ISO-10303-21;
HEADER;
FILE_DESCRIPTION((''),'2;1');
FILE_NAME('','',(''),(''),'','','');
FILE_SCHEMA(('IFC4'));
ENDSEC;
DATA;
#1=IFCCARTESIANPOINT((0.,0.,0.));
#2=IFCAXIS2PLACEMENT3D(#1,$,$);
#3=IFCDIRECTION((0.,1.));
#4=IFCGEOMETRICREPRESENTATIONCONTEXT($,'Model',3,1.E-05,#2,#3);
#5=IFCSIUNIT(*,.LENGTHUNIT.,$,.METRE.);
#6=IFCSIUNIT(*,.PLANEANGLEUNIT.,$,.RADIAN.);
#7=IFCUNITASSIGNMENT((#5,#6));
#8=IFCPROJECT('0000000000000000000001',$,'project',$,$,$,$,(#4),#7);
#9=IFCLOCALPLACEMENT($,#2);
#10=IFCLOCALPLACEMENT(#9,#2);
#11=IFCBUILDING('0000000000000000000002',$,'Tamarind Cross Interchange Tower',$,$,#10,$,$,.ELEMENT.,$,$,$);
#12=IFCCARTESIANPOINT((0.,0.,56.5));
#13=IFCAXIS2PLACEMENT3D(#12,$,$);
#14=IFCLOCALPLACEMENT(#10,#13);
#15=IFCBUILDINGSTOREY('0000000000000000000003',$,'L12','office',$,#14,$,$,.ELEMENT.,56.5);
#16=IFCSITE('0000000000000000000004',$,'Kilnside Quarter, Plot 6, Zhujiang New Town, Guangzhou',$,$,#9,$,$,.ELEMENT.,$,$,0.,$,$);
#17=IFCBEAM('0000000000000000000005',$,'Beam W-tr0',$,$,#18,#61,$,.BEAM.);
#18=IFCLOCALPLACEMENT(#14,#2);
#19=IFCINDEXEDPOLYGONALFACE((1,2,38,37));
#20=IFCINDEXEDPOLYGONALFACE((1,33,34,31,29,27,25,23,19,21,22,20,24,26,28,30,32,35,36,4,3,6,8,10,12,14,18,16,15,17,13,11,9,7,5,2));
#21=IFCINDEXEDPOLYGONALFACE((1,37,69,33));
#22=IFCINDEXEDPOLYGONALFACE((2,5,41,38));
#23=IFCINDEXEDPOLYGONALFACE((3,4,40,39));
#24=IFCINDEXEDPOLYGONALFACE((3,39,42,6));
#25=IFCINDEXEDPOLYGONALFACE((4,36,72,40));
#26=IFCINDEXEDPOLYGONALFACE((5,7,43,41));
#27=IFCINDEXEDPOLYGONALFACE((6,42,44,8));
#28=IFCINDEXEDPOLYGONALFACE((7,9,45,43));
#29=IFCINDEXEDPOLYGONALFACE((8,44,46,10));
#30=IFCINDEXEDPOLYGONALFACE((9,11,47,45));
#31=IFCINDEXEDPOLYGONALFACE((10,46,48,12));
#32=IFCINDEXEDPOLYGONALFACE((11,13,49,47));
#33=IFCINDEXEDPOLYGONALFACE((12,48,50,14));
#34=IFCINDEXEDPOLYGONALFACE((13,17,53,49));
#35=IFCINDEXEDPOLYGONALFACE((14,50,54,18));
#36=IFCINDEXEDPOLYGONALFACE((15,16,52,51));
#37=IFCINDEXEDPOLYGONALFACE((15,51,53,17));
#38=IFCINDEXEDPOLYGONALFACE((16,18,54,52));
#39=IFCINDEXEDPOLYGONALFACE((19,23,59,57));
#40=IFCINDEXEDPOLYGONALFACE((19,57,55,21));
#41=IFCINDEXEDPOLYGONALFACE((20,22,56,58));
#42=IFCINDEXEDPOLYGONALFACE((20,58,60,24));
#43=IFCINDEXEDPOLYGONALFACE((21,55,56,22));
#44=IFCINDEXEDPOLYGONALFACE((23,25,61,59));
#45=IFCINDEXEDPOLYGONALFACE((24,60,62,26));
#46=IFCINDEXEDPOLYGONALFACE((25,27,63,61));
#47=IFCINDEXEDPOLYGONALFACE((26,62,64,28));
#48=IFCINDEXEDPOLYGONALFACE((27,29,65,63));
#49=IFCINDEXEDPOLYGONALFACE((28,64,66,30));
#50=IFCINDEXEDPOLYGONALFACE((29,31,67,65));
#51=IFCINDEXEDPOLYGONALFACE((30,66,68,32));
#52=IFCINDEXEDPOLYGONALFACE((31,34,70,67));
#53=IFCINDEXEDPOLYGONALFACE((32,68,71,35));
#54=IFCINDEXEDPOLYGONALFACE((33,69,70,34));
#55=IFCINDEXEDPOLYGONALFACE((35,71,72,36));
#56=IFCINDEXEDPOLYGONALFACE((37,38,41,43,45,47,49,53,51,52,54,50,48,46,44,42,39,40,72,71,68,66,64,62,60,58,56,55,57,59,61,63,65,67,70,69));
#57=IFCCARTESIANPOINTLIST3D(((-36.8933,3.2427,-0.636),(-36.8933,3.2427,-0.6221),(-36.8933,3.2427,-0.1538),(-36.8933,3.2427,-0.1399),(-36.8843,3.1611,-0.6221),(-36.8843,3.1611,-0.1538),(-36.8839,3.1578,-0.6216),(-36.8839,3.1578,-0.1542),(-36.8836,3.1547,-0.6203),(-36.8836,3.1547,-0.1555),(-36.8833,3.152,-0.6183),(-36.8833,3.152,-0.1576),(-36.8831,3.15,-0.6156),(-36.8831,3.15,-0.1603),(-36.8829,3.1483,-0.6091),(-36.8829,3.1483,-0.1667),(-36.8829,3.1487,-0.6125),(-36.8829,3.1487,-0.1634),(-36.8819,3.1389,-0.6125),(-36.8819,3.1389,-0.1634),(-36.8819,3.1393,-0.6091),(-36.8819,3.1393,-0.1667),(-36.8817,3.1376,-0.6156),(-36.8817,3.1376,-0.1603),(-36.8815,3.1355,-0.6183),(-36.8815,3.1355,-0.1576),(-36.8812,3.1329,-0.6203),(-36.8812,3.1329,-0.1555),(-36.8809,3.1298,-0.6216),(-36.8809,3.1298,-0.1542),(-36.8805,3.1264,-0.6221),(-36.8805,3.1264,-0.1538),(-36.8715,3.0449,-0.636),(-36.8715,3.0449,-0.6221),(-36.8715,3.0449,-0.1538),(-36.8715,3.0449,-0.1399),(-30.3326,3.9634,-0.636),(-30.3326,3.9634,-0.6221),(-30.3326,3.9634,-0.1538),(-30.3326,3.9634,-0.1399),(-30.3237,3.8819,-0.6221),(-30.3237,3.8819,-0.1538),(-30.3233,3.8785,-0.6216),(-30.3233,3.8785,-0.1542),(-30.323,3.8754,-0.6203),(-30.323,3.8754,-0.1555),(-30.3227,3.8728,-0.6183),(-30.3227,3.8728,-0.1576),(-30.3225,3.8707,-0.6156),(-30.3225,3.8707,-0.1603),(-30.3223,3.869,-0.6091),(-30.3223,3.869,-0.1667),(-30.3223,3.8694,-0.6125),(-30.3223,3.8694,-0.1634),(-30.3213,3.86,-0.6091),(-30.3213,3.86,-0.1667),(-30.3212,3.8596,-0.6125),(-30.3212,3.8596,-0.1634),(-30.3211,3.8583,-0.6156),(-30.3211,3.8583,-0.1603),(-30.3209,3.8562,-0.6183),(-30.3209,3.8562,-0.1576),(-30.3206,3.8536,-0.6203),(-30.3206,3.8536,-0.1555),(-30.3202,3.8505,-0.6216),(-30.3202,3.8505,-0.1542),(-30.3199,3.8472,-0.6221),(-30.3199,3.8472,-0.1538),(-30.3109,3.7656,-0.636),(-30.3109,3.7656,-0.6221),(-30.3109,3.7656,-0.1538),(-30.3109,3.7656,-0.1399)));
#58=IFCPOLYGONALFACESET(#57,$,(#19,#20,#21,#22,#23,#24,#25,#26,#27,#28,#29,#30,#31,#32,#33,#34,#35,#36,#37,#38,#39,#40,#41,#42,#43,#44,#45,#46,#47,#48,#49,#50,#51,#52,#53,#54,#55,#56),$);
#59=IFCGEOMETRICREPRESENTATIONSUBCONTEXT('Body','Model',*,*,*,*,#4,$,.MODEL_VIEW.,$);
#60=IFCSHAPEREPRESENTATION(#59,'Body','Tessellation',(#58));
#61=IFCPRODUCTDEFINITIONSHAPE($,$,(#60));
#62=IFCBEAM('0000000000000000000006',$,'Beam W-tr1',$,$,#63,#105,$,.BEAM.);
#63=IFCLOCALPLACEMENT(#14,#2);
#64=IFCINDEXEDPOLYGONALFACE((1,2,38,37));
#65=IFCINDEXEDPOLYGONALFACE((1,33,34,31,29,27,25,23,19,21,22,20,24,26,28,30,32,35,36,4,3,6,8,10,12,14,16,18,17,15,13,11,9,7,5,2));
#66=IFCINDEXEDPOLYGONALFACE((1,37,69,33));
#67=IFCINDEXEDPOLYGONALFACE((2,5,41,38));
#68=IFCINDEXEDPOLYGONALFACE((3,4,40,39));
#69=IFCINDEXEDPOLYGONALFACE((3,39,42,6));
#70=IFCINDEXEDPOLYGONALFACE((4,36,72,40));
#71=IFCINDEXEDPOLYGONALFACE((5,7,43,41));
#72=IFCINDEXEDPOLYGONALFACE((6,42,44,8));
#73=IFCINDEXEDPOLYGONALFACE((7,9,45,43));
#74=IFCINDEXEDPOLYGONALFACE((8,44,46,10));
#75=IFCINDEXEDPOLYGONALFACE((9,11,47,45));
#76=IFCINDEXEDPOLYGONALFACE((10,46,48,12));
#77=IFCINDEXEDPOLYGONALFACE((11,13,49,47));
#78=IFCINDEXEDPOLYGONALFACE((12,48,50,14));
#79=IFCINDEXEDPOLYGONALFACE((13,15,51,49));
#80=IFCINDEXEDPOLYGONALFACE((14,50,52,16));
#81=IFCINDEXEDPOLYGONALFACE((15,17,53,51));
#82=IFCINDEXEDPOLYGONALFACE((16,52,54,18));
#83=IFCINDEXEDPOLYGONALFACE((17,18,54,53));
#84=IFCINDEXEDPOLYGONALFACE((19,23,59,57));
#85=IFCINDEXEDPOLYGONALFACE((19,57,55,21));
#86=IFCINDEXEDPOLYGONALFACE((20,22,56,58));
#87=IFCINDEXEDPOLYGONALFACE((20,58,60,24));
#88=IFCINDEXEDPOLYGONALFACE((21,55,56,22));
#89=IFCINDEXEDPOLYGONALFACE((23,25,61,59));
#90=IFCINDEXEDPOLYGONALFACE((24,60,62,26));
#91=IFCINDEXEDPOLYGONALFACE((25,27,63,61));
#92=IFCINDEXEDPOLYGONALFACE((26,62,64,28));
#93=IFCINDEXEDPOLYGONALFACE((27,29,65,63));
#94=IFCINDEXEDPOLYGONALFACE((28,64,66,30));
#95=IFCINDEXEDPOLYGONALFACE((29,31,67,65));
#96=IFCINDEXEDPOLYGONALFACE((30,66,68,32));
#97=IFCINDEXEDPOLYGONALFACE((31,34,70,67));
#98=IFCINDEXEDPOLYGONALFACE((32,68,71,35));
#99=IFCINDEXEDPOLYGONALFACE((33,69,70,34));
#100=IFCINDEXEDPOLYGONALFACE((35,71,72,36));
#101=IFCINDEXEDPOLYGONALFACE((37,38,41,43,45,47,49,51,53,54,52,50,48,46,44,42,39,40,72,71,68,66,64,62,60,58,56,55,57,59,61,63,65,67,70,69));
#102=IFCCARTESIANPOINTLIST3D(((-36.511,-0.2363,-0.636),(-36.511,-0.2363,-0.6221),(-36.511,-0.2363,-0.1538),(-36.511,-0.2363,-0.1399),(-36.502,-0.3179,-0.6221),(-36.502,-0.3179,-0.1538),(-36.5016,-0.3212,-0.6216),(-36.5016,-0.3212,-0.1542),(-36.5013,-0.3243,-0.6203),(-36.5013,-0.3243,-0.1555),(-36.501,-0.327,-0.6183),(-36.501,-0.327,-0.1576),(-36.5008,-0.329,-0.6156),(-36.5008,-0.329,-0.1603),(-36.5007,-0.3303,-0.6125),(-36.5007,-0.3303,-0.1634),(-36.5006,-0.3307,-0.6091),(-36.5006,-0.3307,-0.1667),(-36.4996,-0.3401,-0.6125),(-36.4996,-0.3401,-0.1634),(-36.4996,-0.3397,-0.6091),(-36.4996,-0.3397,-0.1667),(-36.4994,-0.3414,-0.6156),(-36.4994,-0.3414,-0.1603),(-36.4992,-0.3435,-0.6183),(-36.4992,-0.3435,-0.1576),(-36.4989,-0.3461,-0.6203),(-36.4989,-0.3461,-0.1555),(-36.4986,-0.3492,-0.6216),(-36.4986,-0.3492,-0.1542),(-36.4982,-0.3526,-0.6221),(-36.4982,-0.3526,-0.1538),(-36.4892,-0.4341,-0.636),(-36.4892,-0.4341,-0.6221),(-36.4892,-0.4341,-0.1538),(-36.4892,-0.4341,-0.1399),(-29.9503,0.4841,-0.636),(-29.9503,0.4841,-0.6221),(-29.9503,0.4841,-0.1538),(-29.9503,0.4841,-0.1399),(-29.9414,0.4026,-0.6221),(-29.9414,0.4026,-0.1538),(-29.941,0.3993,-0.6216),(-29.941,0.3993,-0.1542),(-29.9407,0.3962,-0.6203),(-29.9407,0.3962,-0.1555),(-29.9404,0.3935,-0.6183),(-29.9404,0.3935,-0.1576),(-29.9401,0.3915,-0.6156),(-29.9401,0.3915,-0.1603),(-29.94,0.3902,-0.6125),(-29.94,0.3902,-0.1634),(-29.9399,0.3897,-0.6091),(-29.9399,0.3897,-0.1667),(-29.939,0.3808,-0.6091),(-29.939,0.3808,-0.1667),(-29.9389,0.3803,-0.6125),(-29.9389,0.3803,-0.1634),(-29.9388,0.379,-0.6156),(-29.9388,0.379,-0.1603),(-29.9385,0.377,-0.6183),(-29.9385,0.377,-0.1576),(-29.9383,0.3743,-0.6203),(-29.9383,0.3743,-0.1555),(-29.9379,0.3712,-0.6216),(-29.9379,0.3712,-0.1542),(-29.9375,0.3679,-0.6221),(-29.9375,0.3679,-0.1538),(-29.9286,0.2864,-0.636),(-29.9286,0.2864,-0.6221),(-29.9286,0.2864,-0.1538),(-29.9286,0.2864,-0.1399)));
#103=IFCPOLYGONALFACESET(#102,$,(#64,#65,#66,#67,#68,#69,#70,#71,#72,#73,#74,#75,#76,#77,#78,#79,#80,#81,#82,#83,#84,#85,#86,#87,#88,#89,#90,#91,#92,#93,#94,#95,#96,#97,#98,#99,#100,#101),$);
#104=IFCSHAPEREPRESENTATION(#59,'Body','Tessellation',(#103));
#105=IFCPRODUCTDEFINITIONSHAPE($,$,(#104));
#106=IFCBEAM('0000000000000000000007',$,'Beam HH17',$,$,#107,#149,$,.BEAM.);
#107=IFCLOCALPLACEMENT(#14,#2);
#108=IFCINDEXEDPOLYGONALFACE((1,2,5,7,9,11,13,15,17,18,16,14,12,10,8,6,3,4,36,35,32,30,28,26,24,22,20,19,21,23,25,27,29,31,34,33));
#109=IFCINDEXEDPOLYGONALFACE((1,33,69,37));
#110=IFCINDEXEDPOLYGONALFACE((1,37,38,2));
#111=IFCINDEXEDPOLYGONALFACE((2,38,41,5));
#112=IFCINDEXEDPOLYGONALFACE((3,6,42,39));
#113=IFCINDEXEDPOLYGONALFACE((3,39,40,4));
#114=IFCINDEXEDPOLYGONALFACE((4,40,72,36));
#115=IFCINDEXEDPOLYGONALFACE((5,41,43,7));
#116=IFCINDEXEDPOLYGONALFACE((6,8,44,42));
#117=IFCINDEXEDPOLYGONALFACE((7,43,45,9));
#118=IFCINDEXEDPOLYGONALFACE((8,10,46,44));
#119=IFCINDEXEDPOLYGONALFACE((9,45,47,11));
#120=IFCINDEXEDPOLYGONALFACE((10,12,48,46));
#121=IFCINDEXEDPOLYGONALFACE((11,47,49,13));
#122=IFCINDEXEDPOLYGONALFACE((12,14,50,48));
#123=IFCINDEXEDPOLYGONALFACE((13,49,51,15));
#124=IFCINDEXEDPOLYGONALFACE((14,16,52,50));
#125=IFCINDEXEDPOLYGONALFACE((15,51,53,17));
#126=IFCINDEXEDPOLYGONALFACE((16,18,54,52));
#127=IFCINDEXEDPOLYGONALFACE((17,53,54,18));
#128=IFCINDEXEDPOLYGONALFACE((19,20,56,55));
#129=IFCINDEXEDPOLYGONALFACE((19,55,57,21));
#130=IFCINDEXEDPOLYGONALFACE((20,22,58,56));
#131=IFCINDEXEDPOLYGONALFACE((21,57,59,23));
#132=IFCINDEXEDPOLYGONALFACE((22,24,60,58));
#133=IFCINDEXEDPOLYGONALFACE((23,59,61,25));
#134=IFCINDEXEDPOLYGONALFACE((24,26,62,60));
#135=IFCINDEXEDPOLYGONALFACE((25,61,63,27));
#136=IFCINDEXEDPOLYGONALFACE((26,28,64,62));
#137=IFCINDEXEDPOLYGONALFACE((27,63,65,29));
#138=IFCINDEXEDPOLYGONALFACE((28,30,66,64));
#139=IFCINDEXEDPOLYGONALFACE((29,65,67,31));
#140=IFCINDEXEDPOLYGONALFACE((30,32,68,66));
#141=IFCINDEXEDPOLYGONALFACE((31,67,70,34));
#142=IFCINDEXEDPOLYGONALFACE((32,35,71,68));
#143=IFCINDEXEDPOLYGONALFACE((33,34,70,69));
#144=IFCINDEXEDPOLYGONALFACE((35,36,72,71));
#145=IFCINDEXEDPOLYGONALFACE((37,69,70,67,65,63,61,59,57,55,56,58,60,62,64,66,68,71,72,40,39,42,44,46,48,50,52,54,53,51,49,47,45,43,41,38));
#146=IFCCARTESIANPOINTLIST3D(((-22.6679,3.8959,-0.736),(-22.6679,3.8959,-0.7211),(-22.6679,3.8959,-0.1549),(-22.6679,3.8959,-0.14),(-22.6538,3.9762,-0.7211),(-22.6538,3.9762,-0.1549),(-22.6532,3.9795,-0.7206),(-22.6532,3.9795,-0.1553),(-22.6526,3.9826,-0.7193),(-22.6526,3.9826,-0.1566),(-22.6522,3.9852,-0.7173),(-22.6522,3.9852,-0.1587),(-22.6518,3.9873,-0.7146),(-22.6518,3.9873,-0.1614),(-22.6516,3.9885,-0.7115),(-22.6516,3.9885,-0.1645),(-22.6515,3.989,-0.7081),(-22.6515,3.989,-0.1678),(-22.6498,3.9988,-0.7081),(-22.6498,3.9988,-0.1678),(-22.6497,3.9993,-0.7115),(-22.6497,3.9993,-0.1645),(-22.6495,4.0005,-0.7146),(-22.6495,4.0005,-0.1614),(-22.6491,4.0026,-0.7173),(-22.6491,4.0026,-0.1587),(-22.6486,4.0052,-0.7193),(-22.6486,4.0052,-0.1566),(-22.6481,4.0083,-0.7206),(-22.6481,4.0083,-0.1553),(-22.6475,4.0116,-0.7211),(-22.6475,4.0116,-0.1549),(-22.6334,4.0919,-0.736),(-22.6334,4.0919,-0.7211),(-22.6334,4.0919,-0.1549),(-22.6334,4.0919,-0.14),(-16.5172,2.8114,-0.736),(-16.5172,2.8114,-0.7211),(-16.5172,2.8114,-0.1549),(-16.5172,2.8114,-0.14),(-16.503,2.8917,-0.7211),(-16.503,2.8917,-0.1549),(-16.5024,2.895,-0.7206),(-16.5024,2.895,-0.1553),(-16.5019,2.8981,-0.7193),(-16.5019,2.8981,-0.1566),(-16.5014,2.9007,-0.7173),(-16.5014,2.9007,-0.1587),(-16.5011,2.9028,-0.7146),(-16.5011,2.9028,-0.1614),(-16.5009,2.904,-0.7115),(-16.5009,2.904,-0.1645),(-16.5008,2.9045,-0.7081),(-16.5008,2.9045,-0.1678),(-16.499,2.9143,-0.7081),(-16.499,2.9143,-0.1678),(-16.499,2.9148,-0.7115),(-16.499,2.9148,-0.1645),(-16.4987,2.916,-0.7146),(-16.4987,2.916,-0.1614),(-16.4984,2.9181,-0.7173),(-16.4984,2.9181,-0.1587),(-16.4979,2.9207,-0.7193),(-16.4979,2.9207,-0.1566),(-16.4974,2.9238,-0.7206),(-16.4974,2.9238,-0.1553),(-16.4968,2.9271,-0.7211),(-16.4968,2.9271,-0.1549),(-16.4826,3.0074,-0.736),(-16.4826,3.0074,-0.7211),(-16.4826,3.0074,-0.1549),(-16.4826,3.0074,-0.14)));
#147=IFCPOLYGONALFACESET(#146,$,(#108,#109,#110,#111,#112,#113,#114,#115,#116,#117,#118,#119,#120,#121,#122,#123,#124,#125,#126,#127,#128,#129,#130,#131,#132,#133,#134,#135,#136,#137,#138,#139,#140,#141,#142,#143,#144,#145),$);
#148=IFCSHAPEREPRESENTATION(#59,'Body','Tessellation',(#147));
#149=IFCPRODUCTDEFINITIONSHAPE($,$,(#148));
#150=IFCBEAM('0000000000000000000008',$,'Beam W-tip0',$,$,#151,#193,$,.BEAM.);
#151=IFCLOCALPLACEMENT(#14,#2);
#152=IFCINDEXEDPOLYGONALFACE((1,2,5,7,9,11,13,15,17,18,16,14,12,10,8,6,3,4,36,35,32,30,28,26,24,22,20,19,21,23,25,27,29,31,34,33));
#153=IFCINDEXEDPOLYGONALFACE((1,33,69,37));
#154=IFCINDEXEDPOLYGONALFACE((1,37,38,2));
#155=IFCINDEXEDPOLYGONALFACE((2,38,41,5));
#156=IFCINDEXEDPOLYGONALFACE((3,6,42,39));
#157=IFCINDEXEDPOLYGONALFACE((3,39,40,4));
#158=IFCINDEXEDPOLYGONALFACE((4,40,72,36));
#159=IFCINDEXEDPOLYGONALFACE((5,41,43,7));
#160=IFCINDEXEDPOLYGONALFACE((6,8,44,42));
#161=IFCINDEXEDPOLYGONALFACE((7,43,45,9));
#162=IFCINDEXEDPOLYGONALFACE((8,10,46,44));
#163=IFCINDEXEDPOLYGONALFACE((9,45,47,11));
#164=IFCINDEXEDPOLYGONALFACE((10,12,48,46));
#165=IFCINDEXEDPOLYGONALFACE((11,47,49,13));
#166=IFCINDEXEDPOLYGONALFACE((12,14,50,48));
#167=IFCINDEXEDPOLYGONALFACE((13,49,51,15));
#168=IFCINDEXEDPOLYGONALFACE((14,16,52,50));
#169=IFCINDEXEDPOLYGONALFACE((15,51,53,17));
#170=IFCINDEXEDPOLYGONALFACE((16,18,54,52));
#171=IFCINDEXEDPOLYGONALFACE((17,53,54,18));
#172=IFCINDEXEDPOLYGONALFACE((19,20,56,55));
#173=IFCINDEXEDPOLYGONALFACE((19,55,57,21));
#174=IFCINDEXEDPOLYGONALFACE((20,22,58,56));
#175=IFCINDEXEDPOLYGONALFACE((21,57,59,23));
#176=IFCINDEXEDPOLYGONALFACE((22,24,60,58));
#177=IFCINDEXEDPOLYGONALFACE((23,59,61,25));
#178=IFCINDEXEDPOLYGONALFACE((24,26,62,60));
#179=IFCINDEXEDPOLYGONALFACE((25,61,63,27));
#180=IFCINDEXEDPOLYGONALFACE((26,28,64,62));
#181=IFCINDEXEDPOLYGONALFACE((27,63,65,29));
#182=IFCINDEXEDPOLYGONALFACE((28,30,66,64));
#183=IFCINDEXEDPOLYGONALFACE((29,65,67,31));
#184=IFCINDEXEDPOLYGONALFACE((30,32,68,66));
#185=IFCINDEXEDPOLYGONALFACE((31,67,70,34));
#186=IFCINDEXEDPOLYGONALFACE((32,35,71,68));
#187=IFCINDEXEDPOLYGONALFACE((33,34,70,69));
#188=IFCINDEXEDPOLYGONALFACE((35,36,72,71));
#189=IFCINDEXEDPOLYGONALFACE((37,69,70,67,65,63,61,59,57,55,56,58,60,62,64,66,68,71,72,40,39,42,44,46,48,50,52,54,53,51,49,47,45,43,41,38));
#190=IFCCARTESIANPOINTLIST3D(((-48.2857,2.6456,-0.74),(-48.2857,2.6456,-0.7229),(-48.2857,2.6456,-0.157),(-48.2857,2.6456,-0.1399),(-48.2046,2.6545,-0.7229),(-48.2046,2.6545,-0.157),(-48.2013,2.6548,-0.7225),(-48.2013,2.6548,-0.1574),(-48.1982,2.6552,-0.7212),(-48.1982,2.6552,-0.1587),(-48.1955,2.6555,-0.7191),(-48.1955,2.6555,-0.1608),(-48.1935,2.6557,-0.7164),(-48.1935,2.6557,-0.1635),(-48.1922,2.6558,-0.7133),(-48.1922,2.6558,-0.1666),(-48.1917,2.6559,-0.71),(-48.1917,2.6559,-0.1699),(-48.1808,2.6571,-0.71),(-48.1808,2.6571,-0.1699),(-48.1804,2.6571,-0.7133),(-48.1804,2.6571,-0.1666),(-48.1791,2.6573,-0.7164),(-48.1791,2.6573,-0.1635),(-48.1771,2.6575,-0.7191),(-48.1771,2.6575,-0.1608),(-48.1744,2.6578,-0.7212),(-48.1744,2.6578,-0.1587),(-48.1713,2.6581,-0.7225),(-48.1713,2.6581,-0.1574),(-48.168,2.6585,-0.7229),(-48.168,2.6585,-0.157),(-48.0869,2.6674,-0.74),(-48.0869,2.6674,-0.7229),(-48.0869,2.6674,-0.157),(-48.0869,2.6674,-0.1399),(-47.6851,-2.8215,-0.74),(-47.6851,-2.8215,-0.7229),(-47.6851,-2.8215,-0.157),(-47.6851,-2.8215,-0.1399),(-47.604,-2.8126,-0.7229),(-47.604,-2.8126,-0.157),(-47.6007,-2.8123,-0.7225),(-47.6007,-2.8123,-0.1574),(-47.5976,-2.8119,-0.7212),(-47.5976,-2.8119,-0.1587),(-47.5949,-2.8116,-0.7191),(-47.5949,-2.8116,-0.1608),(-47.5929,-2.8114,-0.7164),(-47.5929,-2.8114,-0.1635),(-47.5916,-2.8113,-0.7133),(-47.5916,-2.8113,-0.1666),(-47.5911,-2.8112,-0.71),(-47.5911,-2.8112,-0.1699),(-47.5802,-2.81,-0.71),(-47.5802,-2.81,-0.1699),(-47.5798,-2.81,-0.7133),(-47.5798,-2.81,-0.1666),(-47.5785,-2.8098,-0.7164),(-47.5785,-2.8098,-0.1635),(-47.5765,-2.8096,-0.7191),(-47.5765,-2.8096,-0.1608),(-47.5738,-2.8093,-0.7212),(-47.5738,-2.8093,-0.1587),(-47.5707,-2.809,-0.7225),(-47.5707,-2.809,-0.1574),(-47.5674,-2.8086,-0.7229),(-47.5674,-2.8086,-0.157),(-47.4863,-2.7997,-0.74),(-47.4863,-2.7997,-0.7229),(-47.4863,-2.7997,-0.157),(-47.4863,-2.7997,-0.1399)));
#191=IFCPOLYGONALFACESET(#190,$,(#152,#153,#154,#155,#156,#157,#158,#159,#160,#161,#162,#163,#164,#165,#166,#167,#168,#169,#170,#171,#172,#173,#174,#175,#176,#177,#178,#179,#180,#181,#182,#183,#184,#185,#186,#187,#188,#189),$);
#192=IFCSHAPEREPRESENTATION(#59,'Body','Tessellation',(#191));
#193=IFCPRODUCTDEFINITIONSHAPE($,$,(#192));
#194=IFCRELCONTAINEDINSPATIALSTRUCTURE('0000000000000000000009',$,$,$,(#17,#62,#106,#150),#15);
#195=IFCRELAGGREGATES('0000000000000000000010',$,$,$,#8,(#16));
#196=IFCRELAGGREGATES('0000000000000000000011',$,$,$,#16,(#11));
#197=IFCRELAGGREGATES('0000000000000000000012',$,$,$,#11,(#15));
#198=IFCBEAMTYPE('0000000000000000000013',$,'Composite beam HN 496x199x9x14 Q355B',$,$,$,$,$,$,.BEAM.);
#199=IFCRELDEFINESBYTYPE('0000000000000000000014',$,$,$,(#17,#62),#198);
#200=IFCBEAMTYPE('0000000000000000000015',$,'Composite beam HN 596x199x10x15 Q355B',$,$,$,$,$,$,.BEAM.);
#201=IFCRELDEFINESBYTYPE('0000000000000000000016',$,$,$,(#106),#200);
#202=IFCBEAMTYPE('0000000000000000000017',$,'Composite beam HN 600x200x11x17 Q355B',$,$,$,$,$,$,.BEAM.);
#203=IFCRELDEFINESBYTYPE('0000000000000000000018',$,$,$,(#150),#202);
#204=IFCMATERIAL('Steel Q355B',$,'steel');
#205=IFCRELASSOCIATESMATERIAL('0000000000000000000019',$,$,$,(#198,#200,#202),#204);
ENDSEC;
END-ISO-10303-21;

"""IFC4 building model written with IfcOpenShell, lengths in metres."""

from ifc_helpers import new_model, si_unit, direction, frame, origin, origin_2d, place, context, subcontext, project, spatial, i_section, extrude, material, material_profile, profile_set, type_object, element, save


model = new_model("IFC4")

# Units and contexts
model_context = context("Model", 3, precision=1e-05, world=origin(), true_north=direction((0.0, 1.0)))
body_context = subcontext(model_context, "Body", "Model", "MODEL_VIEW")
ifc_project = project(units=[si_unit("LENGTHUNIT", "METRE"), si_unit("PLANEANGLEUNIT", "RADIAN")], contexts=[model_context])

# Site, building, storey
site_placement = place(None, origin())
site = spatial("IfcSite", under=ifc_project, at=site_placement, Name="Kilnside Quarter, Plot 6, Zhujiang New Town, Guangzhou", CompositionType="ELEMENT", RefElevation=0.0)
building_placement = place(site_placement, origin())
building = spatial("IfcBuilding", under=site, at=building_placement, Name="Tamarind Cross Interchange Tower", CompositionType="ELEMENT")
storey_placement = place(building_placement, frame((0.0, 0.0, 56.5)))
storey = spatial("IfcBuildingStorey", under=building, at=storey_placement, Name="L12", Description="office", CompositionType="ELEMENT", Elevation=56.5)

# Beams
ifc_material_1 = material(Name="Steel Q355B", Category="steel")
ifc_material_profile_1 = material_profile(ifc_material_1, i_section(OverallWidth=0.199, OverallDepth=0.4961, WebThickness=0.009, FlangeThickness=0.0139, FilletRadius=0.0129, at=origin_2d()), Name="HN 496x199x9x14")
ifc_profile_set_1 = profile_set([ifc_material_profile_1], Name="Steel Q355B")
beam_type_1 = type_object("IfcBeamType", Name="Composite beam HN 496x199x9x14 Q355B", PredefinedType="BEAM", material=ifc_profile_set_1)
for number, where, z_axis, x_axis, name in (
    (1, (-30.3218, 3.8645, -0.3879), (-0.99402, -0.109197, 0.0), (0.109197, -0.99402, 0.0), "Beam W-tr0"),
    (2, (-29.9395, 0.3853, -0.3879), (-0.994024, -0.109161, 0.0), (0.109161, -0.994024, 0.0), "Beam W-tr1"),
):
    element("IfcBeam", number, at=place(storey_placement, frame(where, z_axis=z_axis, x_axis=x_axis)), inside=storey, type_object=beam_type_1, Name=name, PredefinedType="BEAM", context=body_context, shape_type="SweptSolid", body=[
        extrude(i_section(OverallWidth=0.199, OverallDepth=0.4961, WebThickness=0.009, FlangeThickness=0.0139, FilletRadius=0.0129, at=origin_2d()), origin(), (0.0, 0.0, 1.0), 6.6001),
    ])
ifc_material_profile_2 = material_profile(ifc_material_1, i_section(OverallWidth=0.199, OverallDepth=0.5959, WebThickness=0.01, FlangeThickness=0.0149, FilletRadius=0.0129, at=origin_2d()), Name="HN 596x199x10x15")
ifc_profile_set_2 = profile_set([ifc_material_profile_2], Name="Steel Q355B")
beam_type_2 = type_object("IfcBeamType", Name="Composite beam HN 596x199x10x15 Q355B", PredefinedType="BEAM", material=ifc_profile_set_2)
beam_1_placement = place(storey_placement, frame((-22.6506, 3.9939, -0.438), z_axis=(0.984809, -0.17364, 0.0), x_axis=(0.17364, 0.984809, 0.0)))
element("IfcBeam", 3, at=beam_1_placement, inside=storey, type_object=beam_type_2, Name="Beam HH17", PredefinedType="BEAM", context=body_context, shape_type="SweptSolid", body=[
    extrude(i_section(OverallWidth=0.199, OverallDepth=0.5959, WebThickness=0.01, FlangeThickness=0.0149, FilletRadius=0.0129, at=origin_2d()), origin(), (0.0, 0.0, 1.0), 6.2456),
])
ifc_material_profile_3 = material_profile(ifc_material_1, i_section(OverallWidth=0.2, OverallDepth=0.6001, WebThickness=0.011, FlangeThickness=0.0171, FilletRadius=0.0129, at=origin_2d()), Name="HN 600x200x11x17")
ifc_profile_set_3 = profile_set([ifc_material_profile_3], Name="Steel Q355B")
beam_type_3 = type_object("IfcBeamType", Name="Composite beam HN 600x200x11x17 Q355B", PredefinedType="BEAM", material=ifc_profile_set_3)
beam_2_placement = place(storey_placement, frame((-48.1863, 2.6565, -0.4399), z_axis=(0.109199, -0.99402, 0.0), x_axis=(0.99402, 0.109199, 0.0)))
element("IfcBeam", 4, at=beam_2_placement, inside=storey, type_object=beam_type_3, Name="Beam W-tip0", PredefinedType="BEAM", context=body_context, shape_type="SweptSolid", body=[
    extrude(i_section(OverallWidth=0.2, OverallDepth=0.6001, WebThickness=0.011, FlangeThickness=0.0171, FilletRadius=0.0129, at=origin_2d()), origin(), (0.0, 0.0, 1.0), 5.5),
])

save(model, "model.ifc")
